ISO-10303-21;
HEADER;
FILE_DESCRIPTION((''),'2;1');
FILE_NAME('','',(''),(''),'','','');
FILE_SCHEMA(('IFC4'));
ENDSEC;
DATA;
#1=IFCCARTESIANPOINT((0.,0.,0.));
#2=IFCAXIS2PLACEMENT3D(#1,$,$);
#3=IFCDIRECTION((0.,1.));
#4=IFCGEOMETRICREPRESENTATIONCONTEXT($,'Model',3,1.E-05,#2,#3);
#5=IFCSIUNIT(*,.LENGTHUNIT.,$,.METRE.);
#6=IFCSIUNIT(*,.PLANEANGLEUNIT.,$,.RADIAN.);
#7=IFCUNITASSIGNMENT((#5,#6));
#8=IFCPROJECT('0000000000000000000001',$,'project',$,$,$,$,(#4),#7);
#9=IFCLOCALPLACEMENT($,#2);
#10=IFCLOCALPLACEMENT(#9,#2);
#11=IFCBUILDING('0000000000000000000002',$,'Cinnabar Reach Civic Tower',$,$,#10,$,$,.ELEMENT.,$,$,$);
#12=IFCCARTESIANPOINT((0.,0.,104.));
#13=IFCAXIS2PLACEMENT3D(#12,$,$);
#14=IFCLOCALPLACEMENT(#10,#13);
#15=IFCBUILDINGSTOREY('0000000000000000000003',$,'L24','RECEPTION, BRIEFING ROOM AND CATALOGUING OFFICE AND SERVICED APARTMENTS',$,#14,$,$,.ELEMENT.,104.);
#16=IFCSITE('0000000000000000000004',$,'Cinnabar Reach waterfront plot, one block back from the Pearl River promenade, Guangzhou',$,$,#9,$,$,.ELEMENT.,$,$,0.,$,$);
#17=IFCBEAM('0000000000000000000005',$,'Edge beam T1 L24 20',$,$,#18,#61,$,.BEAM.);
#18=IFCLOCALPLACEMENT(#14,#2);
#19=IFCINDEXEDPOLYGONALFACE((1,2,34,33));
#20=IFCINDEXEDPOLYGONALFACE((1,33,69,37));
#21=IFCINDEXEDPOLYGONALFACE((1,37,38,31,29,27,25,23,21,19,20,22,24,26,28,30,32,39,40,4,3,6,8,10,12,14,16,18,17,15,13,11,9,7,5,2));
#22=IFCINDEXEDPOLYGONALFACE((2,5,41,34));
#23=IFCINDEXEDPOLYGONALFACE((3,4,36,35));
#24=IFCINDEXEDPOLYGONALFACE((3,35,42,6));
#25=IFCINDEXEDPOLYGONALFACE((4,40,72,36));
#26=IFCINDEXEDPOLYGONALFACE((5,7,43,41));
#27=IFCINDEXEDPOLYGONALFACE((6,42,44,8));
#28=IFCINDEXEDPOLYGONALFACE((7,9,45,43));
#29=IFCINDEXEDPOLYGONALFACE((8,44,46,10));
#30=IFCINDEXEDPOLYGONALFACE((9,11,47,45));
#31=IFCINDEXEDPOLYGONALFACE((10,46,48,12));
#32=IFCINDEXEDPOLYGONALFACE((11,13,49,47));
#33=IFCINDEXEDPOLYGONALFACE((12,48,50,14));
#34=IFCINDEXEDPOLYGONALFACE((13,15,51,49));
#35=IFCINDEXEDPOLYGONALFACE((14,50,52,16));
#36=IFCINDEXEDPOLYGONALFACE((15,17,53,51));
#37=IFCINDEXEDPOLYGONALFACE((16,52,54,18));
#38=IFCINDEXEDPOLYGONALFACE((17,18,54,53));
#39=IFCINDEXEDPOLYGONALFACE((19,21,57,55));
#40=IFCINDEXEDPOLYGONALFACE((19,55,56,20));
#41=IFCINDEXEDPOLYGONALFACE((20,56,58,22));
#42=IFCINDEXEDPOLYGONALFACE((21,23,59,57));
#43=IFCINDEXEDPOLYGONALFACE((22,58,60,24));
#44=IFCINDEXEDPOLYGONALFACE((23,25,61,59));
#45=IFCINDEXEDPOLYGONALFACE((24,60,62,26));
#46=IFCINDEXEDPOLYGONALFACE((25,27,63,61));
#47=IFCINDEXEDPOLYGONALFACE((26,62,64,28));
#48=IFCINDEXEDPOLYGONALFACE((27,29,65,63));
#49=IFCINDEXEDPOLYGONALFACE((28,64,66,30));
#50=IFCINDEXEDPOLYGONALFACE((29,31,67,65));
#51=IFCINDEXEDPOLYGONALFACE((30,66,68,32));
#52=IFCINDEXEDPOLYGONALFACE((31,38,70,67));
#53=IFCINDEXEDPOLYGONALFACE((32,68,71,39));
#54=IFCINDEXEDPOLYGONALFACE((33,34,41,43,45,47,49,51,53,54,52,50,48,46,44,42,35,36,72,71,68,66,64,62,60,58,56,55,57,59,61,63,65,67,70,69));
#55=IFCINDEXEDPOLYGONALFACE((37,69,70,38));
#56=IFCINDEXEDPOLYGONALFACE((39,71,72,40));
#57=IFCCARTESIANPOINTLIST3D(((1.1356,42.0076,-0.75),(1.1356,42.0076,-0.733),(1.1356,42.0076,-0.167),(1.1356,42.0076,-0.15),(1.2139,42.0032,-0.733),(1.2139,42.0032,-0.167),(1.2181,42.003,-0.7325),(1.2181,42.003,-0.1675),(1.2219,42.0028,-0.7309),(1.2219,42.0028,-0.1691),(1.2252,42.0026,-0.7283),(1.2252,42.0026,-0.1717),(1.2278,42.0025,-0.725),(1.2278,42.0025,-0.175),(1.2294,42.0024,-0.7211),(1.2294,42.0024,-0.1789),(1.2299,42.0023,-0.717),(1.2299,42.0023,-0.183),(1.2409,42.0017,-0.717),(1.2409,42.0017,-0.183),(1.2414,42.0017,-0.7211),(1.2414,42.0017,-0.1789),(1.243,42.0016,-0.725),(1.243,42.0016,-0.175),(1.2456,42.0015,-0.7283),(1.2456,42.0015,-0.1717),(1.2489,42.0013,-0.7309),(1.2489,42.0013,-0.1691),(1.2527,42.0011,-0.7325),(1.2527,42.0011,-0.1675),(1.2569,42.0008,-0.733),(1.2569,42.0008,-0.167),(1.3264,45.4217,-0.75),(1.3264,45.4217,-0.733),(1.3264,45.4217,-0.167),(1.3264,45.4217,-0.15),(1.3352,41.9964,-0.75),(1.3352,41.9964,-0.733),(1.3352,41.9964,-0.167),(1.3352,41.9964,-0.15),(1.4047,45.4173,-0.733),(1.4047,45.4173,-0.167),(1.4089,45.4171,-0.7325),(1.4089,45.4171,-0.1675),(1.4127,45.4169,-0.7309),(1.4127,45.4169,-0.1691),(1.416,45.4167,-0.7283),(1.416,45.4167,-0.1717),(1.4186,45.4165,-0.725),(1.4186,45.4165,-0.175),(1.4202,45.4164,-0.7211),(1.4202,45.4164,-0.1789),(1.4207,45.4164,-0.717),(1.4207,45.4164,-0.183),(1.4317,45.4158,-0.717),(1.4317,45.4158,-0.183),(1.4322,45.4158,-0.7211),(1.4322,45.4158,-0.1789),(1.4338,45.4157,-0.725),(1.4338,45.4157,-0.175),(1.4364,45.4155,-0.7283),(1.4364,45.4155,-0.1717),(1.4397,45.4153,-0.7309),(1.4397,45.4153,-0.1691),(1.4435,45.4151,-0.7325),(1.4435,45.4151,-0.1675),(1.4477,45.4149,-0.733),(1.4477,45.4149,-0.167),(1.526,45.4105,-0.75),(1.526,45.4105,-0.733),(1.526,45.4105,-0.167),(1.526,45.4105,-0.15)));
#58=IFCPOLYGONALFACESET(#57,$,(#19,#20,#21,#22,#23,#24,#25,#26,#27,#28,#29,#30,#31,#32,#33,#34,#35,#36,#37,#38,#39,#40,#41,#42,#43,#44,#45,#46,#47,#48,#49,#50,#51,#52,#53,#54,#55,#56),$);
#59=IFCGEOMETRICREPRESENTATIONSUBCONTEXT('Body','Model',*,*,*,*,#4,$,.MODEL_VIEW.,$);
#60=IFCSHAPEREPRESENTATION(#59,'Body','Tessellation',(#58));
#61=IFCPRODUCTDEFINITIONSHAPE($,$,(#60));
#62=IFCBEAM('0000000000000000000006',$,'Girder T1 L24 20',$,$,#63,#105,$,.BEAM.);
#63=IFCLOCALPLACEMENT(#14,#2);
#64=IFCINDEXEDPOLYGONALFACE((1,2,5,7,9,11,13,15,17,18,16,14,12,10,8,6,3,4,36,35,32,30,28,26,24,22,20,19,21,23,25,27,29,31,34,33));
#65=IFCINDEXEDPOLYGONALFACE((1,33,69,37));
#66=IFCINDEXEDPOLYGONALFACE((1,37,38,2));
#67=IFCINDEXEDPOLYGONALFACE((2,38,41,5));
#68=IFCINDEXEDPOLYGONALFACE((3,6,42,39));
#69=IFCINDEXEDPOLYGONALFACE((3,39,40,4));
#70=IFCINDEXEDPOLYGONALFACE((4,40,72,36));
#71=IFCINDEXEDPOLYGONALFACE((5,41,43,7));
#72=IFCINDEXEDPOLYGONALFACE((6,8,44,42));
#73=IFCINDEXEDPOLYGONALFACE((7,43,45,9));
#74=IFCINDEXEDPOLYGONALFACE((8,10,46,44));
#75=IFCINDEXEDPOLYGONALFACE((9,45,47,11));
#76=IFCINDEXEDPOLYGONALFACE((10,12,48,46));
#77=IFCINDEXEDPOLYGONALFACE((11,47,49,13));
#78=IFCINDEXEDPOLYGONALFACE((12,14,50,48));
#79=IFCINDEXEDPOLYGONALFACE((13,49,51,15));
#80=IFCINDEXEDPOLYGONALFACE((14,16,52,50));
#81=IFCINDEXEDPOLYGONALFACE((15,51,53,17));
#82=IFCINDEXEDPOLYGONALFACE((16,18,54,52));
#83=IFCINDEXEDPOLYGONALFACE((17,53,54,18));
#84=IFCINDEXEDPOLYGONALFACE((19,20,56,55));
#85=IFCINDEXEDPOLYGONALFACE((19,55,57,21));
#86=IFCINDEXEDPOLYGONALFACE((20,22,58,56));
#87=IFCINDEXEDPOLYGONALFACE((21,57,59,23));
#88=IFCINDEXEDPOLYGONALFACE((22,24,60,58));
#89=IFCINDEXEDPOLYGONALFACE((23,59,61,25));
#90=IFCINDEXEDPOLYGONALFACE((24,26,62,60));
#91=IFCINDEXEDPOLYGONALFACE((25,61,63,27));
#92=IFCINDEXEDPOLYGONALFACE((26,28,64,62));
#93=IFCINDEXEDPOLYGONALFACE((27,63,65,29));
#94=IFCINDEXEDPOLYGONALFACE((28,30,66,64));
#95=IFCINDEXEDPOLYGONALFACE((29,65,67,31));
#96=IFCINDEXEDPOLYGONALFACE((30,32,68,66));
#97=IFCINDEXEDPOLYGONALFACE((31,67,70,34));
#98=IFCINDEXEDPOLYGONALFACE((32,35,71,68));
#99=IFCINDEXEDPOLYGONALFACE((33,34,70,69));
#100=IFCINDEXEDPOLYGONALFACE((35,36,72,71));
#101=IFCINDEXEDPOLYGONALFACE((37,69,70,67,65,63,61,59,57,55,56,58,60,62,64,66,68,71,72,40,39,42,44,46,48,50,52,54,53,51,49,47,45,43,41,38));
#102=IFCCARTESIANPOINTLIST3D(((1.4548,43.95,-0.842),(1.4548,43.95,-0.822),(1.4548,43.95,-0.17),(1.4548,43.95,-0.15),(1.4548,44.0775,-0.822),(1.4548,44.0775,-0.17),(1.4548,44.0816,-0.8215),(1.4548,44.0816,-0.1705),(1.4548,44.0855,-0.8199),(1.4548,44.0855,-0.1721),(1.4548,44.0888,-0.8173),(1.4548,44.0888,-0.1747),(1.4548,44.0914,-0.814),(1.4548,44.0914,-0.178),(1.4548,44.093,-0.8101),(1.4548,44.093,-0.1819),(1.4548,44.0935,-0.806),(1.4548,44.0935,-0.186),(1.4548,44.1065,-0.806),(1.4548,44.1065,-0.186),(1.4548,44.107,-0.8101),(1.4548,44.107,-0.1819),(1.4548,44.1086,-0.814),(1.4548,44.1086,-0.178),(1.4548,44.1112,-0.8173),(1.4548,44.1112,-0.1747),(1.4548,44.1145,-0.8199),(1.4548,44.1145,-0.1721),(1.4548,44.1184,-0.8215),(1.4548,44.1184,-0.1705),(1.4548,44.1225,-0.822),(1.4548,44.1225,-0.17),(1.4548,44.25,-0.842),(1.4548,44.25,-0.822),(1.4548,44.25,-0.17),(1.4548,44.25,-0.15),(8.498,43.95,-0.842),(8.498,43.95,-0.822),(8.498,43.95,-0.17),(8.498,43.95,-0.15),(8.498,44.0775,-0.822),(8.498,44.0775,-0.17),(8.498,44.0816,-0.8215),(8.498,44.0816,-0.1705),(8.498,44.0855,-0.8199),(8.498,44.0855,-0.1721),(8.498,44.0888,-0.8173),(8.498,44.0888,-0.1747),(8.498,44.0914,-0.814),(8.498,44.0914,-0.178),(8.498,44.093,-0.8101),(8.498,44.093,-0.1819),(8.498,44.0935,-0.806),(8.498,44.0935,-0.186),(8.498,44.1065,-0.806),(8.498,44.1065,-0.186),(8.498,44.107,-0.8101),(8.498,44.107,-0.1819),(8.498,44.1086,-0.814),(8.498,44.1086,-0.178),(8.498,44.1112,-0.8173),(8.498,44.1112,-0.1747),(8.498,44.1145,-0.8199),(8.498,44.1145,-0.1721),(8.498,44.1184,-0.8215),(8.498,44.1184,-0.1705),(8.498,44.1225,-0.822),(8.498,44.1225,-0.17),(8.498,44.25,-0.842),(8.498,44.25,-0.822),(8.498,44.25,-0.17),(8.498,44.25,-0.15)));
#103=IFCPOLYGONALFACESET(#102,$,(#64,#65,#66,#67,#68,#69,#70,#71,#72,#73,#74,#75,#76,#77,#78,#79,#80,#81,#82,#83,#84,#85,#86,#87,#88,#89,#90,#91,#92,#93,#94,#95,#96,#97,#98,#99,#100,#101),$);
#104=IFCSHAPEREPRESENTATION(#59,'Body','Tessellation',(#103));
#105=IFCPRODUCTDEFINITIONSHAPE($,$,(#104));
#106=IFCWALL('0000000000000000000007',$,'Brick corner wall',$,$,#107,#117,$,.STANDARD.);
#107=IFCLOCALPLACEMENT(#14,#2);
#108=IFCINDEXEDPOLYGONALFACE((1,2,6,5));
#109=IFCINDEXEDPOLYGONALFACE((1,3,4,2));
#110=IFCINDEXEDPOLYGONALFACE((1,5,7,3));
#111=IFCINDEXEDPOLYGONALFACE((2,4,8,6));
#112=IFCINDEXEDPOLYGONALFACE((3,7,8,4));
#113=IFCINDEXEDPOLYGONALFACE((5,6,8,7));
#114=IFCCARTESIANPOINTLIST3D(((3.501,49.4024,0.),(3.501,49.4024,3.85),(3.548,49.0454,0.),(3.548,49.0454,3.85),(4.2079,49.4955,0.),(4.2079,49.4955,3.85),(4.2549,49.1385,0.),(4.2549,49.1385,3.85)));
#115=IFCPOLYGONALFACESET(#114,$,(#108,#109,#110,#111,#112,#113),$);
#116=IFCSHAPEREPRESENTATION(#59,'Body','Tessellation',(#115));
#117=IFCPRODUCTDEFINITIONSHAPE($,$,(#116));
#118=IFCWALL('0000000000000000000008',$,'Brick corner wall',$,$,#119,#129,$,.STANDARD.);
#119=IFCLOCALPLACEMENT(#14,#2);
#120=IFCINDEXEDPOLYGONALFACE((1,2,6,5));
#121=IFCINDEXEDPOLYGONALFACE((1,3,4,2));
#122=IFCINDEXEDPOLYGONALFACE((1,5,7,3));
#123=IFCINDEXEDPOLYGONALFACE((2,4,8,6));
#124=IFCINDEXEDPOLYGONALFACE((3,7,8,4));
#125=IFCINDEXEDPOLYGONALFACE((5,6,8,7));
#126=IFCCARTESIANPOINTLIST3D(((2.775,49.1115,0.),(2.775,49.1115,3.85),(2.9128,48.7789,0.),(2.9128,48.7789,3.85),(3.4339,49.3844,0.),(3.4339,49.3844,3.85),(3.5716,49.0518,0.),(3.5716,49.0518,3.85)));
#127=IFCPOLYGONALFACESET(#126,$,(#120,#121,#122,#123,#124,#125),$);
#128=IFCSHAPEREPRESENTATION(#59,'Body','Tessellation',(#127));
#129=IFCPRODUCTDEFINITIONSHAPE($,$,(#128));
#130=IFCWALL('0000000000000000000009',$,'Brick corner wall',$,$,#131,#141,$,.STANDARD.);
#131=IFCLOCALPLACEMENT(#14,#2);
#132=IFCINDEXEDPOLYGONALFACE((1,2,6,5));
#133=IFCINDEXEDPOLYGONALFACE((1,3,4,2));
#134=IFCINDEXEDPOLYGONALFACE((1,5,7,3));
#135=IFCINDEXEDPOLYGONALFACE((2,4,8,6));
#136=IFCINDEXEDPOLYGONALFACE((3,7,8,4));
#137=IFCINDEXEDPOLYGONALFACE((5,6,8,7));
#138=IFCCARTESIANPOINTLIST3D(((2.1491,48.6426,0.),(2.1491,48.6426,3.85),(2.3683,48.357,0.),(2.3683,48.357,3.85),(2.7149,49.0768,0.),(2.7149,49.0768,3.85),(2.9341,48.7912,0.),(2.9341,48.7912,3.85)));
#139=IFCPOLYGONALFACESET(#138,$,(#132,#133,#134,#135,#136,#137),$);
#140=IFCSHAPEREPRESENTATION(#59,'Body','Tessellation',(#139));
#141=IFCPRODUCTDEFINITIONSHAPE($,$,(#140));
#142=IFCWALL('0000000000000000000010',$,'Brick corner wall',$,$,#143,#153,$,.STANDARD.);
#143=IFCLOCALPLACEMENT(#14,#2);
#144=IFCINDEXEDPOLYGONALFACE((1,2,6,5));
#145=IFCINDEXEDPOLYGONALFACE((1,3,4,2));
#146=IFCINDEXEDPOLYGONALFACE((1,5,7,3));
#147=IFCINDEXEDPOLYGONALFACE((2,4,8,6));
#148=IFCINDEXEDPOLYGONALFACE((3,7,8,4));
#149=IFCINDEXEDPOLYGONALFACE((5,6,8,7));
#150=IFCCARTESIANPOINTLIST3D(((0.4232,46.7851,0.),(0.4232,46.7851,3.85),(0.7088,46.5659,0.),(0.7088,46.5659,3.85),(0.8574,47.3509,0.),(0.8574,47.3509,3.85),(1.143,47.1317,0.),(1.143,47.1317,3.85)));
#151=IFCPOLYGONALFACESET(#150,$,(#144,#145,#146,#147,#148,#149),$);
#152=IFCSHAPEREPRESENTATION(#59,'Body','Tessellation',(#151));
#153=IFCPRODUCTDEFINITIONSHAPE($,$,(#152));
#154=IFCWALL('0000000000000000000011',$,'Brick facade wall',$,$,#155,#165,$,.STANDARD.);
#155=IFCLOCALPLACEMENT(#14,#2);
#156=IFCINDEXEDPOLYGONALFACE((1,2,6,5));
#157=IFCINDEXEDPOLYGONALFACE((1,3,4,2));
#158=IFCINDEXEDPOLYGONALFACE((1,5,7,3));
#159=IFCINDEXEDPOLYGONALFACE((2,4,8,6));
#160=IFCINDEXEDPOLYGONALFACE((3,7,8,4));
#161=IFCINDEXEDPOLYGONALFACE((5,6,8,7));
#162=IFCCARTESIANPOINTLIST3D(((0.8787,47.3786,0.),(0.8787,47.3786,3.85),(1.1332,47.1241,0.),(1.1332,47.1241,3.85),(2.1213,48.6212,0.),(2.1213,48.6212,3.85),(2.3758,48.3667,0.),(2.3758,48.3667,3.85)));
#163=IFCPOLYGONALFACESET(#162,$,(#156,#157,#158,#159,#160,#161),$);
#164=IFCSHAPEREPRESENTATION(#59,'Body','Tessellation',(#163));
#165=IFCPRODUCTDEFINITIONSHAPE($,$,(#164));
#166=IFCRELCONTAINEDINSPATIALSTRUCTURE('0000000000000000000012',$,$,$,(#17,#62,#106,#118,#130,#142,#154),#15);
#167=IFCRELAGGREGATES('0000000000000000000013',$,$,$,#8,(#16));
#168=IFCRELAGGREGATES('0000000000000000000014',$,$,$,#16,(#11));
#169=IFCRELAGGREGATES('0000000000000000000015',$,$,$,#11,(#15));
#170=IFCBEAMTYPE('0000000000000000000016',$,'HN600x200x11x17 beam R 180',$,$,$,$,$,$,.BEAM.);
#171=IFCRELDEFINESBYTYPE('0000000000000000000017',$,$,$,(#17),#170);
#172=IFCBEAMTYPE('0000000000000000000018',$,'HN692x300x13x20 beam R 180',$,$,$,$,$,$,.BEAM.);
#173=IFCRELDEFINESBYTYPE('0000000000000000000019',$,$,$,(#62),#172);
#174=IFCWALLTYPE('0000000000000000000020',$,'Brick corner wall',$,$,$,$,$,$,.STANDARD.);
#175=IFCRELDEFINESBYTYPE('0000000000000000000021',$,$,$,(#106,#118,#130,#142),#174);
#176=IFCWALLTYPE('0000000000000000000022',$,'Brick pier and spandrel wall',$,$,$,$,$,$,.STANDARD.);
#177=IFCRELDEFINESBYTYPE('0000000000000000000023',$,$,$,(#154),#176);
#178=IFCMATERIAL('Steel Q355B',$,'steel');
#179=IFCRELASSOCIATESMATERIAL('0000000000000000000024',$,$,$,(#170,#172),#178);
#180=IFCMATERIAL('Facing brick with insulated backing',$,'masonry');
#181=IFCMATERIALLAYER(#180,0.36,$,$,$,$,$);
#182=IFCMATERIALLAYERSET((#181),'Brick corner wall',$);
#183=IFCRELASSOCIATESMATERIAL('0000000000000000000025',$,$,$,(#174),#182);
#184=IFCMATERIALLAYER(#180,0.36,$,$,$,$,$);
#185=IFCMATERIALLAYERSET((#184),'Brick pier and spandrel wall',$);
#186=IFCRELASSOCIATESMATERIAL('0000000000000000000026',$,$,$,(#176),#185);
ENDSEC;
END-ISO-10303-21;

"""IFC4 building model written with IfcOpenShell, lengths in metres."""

from ifc_helpers import new_model, si_unit, direction, frame, frame_2d, origin, origin_2d, place, context, subcontext, project, spatial, rectangle, i_section, extrude, material, layer, layer_set, material_profile, profile_set, type_object, element, save


model = new_model("IFC4")

# Units and contexts
model_context = context("Model", 3, precision=1e-05, world=origin(), true_north=direction((0.0, 1.0)))
body_context = subcontext(model_context, "Body", "Model", "MODEL_VIEW")
ifc_project = project(units=[si_unit("LENGTHUNIT", "METRE"), si_unit("PLANEANGLEUNIT", "RADIAN")], contexts=[model_context])

# Site, building, storey
site_placement = place(None, origin())
site = spatial("IfcSite", under=ifc_project, at=site_placement, Name="Cinnabar Reach waterfront plot, one block back from the Pearl River promenade, Guangzhou", CompositionType="ELEMENT", RefElevation=0.0)
building_placement = place(site_placement, origin())
building = spatial("IfcBuilding", under=site, at=building_placement, Name="Cinnabar Reach Civic Tower", CompositionType="ELEMENT")
storey_placement = place(building_placement, frame((0.0, 0.0, 104.0)))
storey = spatial("IfcBuildingStorey", under=building, at=storey_placement, Name="L24", Description="RECEPTION, BRIEFING ROOM AND CATALOGUING OFFICE AND SERVICED APARTMENTS", CompositionType="ELEMENT", Elevation=104.0)

# Beams
ifc_material_1 = material(Name="Steel Q355B", Category="steel")
ifc_material_profile_1 = material_profile(ifc_material_1, i_section(OverallWidth=0.2, OverallDepth=0.6, WebThickness=0.011, FlangeThickness=0.017, FilletRadius=0.016, at=origin_2d()), Name="HN600x200x11x17")
ifc_profile_set_1 = profile_set([ifc_material_profile_1], Name="Steel Q355B")
beam_type_1 = type_object("IfcBeamType", Name="HN600x200x11x17 beam R 180", PredefinedType="BEAM", material=ifc_profile_set_1)
beam_1_placement = place(storey_placement, frame((1.4262, 45.4161, -0.45), z_axis=(-0.055799, -0.998442, 0.0), x_axis=(0.998442, -0.055799, 0.0)))
element("IfcBeam", 1, at=beam_1_placement, inside=storey, type_object=beam_type_1, Name="Edge beam T1 L24 20", PredefinedType="BEAM", context=body_context, shape_type="SweptSolid", body=[
    extrude(i_section(OverallWidth=0.2, OverallDepth=0.6, WebThickness=0.011, FlangeThickness=0.017, FilletRadius=0.016, at=origin_2d()), origin(), (0.0, 0.0, 1.0), 3.4194),
])
ifc_material_profile_2 = material_profile(ifc_material_1, i_section(OverallWidth=0.3, OverallDepth=0.692, WebThickness=0.013, FlangeThickness=0.02, FilletRadius=0.016, at=origin_2d()), Name="HN692x300x13x20")
ifc_profile_set_2 = profile_set([ifc_material_profile_2], Name="Steel Q355B")
beam_type_2 = type_object("IfcBeamType", Name="HN692x300x13x20 beam R 180", PredefinedType="BEAM", material=ifc_profile_set_2)
beam_2_placement = place(storey_placement, frame((1.4548, 44.1, -0.496), z_axis=(1.0, 0.0, 0.0), x_axis=(0.0, 1.0, 0.0)))
element("IfcBeam", 2, at=beam_2_placement, inside=storey, type_object=beam_type_2, Name="Girder T1 L24 20", PredefinedType="BEAM", context=body_context, shape_type="SweptSolid", body=[
    extrude(i_section(OverallWidth=0.3, OverallDepth=0.692, WebThickness=0.013, FlangeThickness=0.02, FilletRadius=0.016, at=origin_2d()), origin(), (0.0, 0.0, 1.0), 7.0432),
])

# Walls
ifc_material_2 = material(Name="Facing brick with insulated backing", Category="masonry")
ifc_layer_1 = layer(ifc_material_2, 0.36)
ifc_layer_set_1 = layer_set([ifc_layer_1], Name="Brick corner wall")
wall_type_1 = type_object("IfcWallType", Name="Brick corner wall", PredefinedType="STANDARD", material=ifc_layer_set_1)
for number, where, z_axis, x_axis, name in (
    (3, (4.2314, 49.317, 0.0), (0.0, 0.0, 1.0), (-0.991441, -0.130556, 0.0), "Brick corner wall"),
    (4, (3.5027, 49.2181, 0.0), (0.0, 0.0, 1.0), (-0.923872, -0.382703, 0.0), "Brick corner wall"),
):
    element("IfcWall", number, at=place(storey_placement, frame(where, z_axis=z_axis, x_axis=x_axis)), inside=storey, type_object=wall_type_1, Name=name, PredefinedType="STANDARD", context=body_context, shape_type="SweptSolid", body=[
        extrude(rectangle(XDim=0.7131, YDim=0.36, at=frame_2d((0.3565, 0.0))), origin(), (0.0, 0.0, 1.0), 3.85),
    ])
for number, where, z_axis, x_axis, name in (
    (5, (2.8245, 48.934, 0.0), (0.0, 0.0, 1.0), (-0.793322, -0.608802, 0.0), "Brick corner wall"),
    (6, (1.0002, 47.2413, 0.0), (0.0, 0.0, 1.0), (-0.608802, -0.793322, 0.0), "Brick corner wall"),
):
    element("IfcWall", number, at=place(storey_placement, frame(where, z_axis=z_axis, x_axis=x_axis)), inside=storey, type_object=wall_type_1, Name=name, PredefinedType="STANDARD", context=body_context, shape_type="SweptSolid", body=[
        extrude(rectangle(XDim=0.7132, YDim=0.36, at=frame_2d((0.3566, 0.0))), origin(), (0.0, 0.0, 1.0), 3.85),
    ])
ifc_layer_2 = layer(ifc_material_2, 0.36)
ifc_layer_set_2 = layer_set([ifc_layer_2], Name="Brick pier and spandrel wall")
wall_type_2 = type_object("IfcWallType", Name="Brick pier and spandrel wall", PredefinedType="STANDARD", material=ifc_layer_set_2)
wall_1_placement = place(storey_placement, frame((2.2486, 48.494, 0.0), z_axis=(0.0, 0.0, 1.0), x_axis=(-0.707107, -0.707107, 0.0)))
element("IfcWall", 7, at=wall_1_placement, inside=storey, type_object=wall_type_2, Name="Brick facade wall", PredefinedType="STANDARD", context=body_context, shape_type="SweptSolid", body=[
    extrude(rectangle(XDim=1.7573, YDim=0.36, at=frame_2d((0.8787, 0.0))), origin(), (0.0, 0.0, 1.0), 3.85),
])

save(model, "model.ifc")
